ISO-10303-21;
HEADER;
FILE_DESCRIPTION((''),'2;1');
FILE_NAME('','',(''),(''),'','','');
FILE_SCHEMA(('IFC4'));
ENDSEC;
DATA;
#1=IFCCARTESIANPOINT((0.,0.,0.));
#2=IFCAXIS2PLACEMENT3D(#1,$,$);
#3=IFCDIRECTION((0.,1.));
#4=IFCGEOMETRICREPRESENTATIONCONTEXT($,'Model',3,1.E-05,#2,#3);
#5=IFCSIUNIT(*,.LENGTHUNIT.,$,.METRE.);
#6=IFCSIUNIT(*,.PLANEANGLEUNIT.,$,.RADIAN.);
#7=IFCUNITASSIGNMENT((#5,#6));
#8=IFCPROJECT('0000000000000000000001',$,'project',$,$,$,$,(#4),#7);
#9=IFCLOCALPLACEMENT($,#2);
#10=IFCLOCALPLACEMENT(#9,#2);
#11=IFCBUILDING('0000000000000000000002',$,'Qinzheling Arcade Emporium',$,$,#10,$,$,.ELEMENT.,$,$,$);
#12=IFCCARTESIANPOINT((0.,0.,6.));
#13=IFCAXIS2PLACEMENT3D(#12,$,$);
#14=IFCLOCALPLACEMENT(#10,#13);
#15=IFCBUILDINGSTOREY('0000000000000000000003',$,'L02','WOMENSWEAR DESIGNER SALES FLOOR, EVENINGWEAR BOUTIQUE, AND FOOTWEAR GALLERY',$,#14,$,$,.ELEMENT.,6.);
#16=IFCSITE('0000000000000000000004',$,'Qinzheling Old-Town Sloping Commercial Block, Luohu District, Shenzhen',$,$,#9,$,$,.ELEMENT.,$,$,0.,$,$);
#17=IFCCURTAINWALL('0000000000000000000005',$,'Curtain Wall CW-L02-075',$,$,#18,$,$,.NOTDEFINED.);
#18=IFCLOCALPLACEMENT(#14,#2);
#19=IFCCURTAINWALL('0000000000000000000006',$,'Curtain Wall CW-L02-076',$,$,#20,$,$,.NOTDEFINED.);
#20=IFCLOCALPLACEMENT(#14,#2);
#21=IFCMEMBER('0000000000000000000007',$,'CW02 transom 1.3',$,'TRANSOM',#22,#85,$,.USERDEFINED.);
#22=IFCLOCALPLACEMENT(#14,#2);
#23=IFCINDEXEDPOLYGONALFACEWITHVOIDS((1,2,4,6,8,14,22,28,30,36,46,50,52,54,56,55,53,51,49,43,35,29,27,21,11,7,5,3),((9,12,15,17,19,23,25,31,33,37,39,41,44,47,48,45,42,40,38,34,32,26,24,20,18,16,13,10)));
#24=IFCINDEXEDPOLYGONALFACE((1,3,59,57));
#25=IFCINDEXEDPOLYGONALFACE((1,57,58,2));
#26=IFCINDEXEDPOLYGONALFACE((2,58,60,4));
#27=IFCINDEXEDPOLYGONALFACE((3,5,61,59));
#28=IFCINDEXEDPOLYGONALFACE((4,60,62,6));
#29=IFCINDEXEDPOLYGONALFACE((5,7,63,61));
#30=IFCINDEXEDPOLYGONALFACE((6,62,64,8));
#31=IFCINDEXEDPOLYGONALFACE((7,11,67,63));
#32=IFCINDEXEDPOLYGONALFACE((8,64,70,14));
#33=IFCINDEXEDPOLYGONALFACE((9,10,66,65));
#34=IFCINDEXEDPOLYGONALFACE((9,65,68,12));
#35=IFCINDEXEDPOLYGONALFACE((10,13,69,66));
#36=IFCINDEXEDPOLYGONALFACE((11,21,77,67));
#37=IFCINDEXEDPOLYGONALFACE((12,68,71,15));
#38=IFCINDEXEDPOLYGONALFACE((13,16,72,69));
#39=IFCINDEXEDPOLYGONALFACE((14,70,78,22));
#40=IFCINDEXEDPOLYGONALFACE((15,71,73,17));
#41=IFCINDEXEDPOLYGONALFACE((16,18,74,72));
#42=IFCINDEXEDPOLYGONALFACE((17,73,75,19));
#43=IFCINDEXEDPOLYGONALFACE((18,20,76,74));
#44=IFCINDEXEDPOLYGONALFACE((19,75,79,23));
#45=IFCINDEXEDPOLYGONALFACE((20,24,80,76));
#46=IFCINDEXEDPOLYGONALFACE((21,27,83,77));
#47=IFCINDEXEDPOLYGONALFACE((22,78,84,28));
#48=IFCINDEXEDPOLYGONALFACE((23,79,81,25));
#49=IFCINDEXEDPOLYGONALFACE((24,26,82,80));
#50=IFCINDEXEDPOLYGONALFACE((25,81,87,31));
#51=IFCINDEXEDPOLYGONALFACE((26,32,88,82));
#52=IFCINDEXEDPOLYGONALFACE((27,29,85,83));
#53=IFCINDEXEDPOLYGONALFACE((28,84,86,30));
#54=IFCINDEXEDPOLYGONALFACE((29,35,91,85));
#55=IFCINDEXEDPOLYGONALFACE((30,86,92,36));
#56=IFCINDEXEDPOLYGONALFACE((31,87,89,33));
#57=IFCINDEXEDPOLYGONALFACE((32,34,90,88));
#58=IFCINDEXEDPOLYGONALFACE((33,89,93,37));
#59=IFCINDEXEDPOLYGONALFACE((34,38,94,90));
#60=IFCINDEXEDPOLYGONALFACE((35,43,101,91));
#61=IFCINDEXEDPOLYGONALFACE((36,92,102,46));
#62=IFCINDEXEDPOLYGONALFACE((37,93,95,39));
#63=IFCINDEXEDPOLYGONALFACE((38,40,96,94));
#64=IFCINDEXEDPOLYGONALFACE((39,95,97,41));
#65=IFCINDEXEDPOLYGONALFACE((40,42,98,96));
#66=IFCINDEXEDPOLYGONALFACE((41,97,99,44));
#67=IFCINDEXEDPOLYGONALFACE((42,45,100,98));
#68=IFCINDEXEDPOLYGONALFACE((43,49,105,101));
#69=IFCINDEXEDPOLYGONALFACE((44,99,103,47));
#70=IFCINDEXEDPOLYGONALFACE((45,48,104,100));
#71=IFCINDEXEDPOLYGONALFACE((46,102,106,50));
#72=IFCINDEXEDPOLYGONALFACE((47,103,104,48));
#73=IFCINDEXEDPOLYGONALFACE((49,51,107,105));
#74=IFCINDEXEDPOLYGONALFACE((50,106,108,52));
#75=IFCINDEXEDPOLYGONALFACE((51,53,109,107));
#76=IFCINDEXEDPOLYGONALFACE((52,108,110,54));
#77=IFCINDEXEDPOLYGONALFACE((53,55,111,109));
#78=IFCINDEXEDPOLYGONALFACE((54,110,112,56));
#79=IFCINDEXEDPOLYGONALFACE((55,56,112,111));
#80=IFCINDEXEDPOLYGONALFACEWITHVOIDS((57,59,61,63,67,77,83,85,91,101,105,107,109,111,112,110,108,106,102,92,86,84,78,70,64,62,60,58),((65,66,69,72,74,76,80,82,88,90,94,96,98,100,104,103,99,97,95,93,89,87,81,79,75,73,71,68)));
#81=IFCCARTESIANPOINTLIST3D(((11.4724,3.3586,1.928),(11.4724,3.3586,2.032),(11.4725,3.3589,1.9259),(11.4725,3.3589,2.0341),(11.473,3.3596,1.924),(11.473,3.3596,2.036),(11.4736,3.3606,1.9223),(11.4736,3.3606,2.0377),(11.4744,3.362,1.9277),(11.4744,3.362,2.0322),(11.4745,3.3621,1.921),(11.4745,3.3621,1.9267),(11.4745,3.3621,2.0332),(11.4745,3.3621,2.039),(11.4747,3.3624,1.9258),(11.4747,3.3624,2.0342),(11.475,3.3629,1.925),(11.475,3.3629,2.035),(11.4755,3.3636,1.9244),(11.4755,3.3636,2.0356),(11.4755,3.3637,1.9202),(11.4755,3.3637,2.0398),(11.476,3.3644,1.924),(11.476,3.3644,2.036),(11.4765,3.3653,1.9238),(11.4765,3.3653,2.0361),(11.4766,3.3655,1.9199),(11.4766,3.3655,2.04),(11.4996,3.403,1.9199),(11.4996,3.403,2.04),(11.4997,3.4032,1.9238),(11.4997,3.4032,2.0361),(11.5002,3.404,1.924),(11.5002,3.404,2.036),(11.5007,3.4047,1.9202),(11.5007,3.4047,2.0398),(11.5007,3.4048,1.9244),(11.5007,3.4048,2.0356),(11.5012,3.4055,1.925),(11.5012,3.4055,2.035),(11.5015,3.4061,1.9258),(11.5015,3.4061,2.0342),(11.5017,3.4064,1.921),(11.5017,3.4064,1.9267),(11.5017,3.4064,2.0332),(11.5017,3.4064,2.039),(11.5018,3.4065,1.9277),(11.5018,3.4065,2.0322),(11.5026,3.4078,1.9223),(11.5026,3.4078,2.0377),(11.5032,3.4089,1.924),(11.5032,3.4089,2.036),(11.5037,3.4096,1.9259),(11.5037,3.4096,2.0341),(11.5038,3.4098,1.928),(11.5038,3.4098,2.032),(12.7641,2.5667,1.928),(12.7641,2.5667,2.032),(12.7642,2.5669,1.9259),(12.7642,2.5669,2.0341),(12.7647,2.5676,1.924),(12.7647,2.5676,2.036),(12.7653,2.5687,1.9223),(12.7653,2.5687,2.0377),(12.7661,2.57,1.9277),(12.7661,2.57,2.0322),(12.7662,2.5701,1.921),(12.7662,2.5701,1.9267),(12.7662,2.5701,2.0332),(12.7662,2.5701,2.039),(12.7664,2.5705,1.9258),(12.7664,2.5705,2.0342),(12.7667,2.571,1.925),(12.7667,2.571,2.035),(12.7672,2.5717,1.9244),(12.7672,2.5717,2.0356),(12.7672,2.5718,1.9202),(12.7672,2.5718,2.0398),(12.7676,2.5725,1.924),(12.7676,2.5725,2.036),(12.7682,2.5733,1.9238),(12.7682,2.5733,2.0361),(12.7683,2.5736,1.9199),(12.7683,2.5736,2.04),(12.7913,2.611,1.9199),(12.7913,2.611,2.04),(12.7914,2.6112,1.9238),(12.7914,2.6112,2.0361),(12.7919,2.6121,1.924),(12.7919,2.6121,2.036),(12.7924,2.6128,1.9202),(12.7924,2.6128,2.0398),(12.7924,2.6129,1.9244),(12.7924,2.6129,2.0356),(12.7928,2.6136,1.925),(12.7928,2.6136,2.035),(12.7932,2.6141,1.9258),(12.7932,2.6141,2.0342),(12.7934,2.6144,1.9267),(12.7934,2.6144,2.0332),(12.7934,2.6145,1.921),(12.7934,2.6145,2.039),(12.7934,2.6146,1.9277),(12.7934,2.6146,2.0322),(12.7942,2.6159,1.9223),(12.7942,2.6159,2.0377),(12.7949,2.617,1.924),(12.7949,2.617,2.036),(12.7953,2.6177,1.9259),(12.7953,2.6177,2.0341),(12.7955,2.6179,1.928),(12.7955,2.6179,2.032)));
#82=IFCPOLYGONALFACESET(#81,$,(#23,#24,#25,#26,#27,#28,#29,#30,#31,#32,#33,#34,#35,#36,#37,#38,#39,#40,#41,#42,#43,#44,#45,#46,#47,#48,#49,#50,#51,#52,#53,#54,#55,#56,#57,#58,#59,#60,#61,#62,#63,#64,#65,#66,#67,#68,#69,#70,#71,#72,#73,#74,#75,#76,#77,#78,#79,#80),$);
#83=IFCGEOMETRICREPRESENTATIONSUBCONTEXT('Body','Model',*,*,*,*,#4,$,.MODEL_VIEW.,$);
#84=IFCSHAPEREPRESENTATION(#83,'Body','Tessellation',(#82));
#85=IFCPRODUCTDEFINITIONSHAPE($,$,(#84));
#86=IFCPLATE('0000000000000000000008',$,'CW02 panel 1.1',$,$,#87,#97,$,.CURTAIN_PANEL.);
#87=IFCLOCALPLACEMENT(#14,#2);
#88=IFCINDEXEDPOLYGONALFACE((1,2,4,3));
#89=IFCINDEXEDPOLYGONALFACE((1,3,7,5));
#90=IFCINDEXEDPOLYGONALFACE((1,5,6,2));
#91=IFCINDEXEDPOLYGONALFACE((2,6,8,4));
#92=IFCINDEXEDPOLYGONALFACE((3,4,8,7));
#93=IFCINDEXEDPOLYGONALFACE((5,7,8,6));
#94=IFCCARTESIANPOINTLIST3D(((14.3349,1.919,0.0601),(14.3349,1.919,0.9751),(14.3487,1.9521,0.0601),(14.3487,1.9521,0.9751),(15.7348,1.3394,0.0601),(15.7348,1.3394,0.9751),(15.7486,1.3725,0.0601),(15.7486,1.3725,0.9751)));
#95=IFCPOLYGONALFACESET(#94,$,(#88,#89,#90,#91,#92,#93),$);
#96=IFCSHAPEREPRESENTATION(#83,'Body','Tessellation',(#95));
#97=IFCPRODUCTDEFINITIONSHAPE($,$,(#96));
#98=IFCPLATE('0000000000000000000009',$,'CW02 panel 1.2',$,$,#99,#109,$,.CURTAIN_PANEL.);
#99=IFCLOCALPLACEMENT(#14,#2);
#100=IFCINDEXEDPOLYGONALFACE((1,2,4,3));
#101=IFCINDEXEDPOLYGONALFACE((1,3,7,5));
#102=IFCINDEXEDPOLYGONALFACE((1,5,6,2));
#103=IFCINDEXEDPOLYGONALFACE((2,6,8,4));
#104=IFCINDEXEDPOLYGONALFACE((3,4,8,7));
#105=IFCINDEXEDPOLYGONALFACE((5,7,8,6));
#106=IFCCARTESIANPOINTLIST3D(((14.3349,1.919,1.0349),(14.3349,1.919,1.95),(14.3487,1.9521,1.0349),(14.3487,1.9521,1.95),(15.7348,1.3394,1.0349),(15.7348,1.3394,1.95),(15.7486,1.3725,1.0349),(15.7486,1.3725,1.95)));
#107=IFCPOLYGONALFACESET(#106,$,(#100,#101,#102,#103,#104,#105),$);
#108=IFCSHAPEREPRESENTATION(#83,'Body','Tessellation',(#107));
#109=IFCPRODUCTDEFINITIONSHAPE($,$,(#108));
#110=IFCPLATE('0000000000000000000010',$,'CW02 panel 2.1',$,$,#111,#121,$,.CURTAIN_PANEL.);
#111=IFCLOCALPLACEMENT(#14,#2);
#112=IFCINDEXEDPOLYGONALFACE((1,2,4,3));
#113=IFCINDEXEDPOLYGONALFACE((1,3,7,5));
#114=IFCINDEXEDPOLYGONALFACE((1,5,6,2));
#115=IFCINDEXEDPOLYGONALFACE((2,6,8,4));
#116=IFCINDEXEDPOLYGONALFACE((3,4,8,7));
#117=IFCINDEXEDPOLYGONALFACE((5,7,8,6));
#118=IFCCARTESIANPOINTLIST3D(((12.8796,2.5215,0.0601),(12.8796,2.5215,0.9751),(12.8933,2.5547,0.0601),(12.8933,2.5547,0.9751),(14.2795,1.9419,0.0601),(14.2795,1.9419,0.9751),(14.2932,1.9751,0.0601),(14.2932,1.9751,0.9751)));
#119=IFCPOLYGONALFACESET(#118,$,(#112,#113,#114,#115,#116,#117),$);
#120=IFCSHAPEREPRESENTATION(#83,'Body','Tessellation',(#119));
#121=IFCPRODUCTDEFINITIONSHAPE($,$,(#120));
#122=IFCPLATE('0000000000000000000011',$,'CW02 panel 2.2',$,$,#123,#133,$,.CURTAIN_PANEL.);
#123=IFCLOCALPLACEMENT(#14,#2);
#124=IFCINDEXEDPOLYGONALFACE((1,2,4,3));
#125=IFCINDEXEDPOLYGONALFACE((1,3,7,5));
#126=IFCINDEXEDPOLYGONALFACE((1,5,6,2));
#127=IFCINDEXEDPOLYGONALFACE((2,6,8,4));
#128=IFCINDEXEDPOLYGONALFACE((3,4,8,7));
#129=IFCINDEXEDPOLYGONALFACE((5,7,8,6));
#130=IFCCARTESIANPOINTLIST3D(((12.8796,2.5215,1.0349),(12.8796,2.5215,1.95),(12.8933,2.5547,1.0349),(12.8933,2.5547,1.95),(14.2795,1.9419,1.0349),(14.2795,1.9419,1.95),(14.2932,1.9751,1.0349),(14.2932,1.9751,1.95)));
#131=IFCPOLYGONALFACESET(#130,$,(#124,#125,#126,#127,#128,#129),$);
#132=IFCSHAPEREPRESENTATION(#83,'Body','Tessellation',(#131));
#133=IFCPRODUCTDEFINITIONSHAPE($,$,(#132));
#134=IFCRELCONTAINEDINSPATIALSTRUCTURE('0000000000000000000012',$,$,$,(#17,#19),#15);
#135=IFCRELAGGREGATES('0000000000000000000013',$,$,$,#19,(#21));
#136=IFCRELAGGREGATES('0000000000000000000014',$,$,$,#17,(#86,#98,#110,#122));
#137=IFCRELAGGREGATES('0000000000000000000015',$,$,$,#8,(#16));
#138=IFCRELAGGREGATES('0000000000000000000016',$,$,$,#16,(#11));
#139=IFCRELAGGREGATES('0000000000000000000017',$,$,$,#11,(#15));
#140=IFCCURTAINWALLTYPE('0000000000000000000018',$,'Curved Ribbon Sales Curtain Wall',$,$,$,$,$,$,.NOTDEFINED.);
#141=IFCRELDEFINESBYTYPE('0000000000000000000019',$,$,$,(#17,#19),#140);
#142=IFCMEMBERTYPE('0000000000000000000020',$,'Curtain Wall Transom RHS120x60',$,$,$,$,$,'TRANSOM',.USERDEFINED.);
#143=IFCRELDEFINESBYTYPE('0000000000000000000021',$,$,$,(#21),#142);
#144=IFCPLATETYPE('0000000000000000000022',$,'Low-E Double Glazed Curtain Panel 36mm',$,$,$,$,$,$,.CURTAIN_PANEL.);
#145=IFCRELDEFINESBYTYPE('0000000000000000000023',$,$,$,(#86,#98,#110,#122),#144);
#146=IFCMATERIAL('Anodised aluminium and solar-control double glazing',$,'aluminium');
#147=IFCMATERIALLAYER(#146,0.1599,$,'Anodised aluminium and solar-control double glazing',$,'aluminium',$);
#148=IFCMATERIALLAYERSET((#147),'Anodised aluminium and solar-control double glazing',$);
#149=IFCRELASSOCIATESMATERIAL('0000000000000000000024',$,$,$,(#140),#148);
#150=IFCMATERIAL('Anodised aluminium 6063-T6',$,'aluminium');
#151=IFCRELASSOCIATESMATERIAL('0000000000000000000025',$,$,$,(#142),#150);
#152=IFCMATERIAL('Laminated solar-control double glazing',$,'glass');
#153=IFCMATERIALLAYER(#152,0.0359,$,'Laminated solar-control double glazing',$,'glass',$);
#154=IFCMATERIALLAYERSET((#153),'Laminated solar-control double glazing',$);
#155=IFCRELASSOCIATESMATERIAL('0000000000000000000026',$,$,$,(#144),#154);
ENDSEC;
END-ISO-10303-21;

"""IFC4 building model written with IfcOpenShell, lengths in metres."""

from ifc_helpers import new_model, si_unit, direction, frame, origin, origin_2d, place, context, subcontext, project, spatial, rectangle, hollow_rectangle, extrude, material, layer, layer_set, material_profile, profile_set, type_object, element, aggregate, save


model = new_model("IFC4")

# Units and contexts
model_context = context("Model", 3, precision=1e-05, world=origin(), true_north=direction((0.0, 1.0)))
body_context = subcontext(model_context, "Body", "Model", "MODEL_VIEW")
ifc_project = project(units=[si_unit("LENGTHUNIT", "METRE"), si_unit("PLANEANGLEUNIT", "RADIAN")], contexts=[model_context])

# Site, building, storey
site_placement = place(None, origin())
site = spatial("IfcSite", under=ifc_project, at=site_placement, Name="Qinzheling Old-Town Sloping Commercial Block, Luohu District, Shenzhen", CompositionType="ELEMENT", RefElevation=0.0)
building_placement = place(site_placement, origin())
building = spatial("IfcBuilding", under=site, at=building_placement, Name="Qinzheling Arcade Emporium", CompositionType="ELEMENT")
storey_placement = place(building_placement, frame((0.0, 0.0, 6.0)))
storey = spatial("IfcBuildingStorey", under=building, at=storey_placement, Name="L02", Description="WOMENSWEAR DESIGNER SALES FLOOR, EVENINGWEAR BOUTIQUE, AND FOOTWEAR GALLERY", CompositionType="ELEMENT", Elevation=6.0)

# Curtain wall
ifc_material_1 = material(Name="Anodised aluminium and solar-control double glazing", Category="aluminium")
ifc_layer_1 = layer(ifc_material_1, 0.1599, Name="Anodised aluminium and solar-control double glazing", Category="aluminium")
ifc_layer_set_1 = layer_set([ifc_layer_1], Name="Anodised aluminium and solar-control double glazing")
curtain_wall_type = type_object("IfcCurtainWallType", Name="Curved Ribbon Sales Curtain Wall", PredefinedType="NOTDEFINED", material=ifc_layer_set_1)
curtain_wall_1_placement = place(storey_placement, origin())
curtain_wall_1 = element("IfcCurtainWall", 1, at=curtain_wall_1_placement, inside=storey, type_object=curtain_wall_type, Name="Curtain Wall CW-L02-075", PredefinedType="NOTDEFINED")
ifc_material_2 = material(Name="Anodised aluminium 6063-T6", Category="aluminium")

# Curtain wall
curtain_wall_2_placement = place(storey_placement, origin())
curtain_wall_2 = element("IfcCurtainWall", 2, at=curtain_wall_2_placement, inside=storey, type_object=curtain_wall_type, Name="Curtain Wall CW-L02-076", PredefinedType="NOTDEFINED")

# Member
ifc_material_profile_1 = material_profile(ifc_material_2, hollow_rectangle(XDim=0.0601, YDim=0.1201, WallThickness=0.0039, InnerFilletRadius=0.0039, OuterFilletRadius=0.0081, at=origin_2d()), Name="RHS 120x60x4", Category="aluminium")
ifc_profile_set_1 = profile_set([ifc_material_profile_1], Name="Anodised aluminium 6063-T6")
member_type_1 = type_object("IfcMemberType", Name="Curtain Wall Transom RHS120x60", ElementType="TRANSOM", PredefinedType="USERDEFINED", material=ifc_profile_set_1)
member_1_placement = place(storey_placement, frame((12.7798, 2.5923, 1.98), z_axis=(-0.85252, 0.522694, 0.0), x_axis=(-0.522694, -0.85252, 0.0)))
member_1 = element("IfcMember", 3, at=member_1_placement, type_object=member_type_1, Name="CW02 transom 1.3", ObjectType="TRANSOM", PredefinedType="USERDEFINED", context=body_context, shape_type="SweptSolid", body=[
    extrude(hollow_rectangle(XDim=0.0601, YDim=0.1201, WallThickness=0.0039, InnerFilletRadius=0.0039, OuterFilletRadius=0.0081, at=origin_2d()), origin(), (0.0, 0.0, 1.0), 1.5151),
])
aggregate(curtain_wall_2, [member_1])

# Plates
ifc_material_3 = material(Name="Laminated solar-control double glazing", Category="glass")
ifc_layer_2 = layer(ifc_material_3, 0.0359, Name="Laminated solar-control double glazing", Category="glass")
ifc_layer_set_2 = layer_set([ifc_layer_2], Name="Laminated solar-control double glazing")
plate_type = type_object("IfcPlateType", Name="Low-E Double Glazed Curtain Panel 36mm", PredefinedType="CURTAIN_PANEL", material=ifc_layer_set_2)
plate_1_placement = place(storey_placement, frame((15.0417, 1.6458, 0.0601), z_axis=(0.0, 0.0, 1.0), x_axis=(-0.923941, 0.382535, 0.0)))
plate_1 = element("IfcPlate", 4, at=plate_1_placement, type_object=plate_type, Name="CW02 panel 1.1", PredefinedType="CURTAIN_PANEL", context=body_context, shape_type="SweptSolid", body=[
    extrude(rectangle(XDim=1.5151, YDim=0.0359, at=origin_2d()), origin(), (0.0, 0.0, 1.0), 0.915),
])
plate_2_placement = place(storey_placement, frame((15.0417, 1.6458, 1.0349), z_axis=(0.0, 0.0, 1.0), x_axis=(-0.923941, 0.382535, 0.0)))
plate_2 = element("IfcPlate", 5, at=plate_2_placement, type_object=plate_type, Name="CW02 panel 1.2", PredefinedType="CURTAIN_PANEL", context=body_context, shape_type="SweptSolid", body=[
    extrude(rectangle(XDim=1.5151, YDim=0.0359, at=origin_2d()), origin(), (0.0, 0.0, 1.0), 0.915),
])
plate_3_placement = place(storey_placement, frame((13.5864, 2.2483, 0.0601), z_axis=(0.0, 0.0, 1.0), x_axis=(-0.923941, 0.382535, 0.0)))
plate_3 = element("IfcPlate", 6, at=plate_3_placement, type_object=plate_type, Name="CW02 panel 2.1", PredefinedType="CURTAIN_PANEL", context=body_context, shape_type="SweptSolid", body=[
    extrude(rectangle(XDim=1.5151, YDim=0.0359, at=origin_2d()), origin(), (0.0, 0.0, 1.0), 0.915),
])
plate_4_placement = place(storey_placement, frame((13.5864, 2.2483, 1.0349), z_axis=(0.0, 0.0, 1.0), x_axis=(-0.923941, 0.382535, 0.0)))
plate_4 = element("IfcPlate", 7, at=plate_4_placement, type_object=plate_type, Name="CW02 panel 2.2", PredefinedType="CURTAIN_PANEL", context=body_context, shape_type="SweptSolid", body=[
    extrude(rectangle(XDim=1.5151, YDim=0.0359, at=origin_2d()), origin(), (0.0, 0.0, 1.0), 0.915),
])
aggregate(curtain_wall_1, [plate_1, plate_2, plate_3, plate_4])

save(model, "model.ifc")
